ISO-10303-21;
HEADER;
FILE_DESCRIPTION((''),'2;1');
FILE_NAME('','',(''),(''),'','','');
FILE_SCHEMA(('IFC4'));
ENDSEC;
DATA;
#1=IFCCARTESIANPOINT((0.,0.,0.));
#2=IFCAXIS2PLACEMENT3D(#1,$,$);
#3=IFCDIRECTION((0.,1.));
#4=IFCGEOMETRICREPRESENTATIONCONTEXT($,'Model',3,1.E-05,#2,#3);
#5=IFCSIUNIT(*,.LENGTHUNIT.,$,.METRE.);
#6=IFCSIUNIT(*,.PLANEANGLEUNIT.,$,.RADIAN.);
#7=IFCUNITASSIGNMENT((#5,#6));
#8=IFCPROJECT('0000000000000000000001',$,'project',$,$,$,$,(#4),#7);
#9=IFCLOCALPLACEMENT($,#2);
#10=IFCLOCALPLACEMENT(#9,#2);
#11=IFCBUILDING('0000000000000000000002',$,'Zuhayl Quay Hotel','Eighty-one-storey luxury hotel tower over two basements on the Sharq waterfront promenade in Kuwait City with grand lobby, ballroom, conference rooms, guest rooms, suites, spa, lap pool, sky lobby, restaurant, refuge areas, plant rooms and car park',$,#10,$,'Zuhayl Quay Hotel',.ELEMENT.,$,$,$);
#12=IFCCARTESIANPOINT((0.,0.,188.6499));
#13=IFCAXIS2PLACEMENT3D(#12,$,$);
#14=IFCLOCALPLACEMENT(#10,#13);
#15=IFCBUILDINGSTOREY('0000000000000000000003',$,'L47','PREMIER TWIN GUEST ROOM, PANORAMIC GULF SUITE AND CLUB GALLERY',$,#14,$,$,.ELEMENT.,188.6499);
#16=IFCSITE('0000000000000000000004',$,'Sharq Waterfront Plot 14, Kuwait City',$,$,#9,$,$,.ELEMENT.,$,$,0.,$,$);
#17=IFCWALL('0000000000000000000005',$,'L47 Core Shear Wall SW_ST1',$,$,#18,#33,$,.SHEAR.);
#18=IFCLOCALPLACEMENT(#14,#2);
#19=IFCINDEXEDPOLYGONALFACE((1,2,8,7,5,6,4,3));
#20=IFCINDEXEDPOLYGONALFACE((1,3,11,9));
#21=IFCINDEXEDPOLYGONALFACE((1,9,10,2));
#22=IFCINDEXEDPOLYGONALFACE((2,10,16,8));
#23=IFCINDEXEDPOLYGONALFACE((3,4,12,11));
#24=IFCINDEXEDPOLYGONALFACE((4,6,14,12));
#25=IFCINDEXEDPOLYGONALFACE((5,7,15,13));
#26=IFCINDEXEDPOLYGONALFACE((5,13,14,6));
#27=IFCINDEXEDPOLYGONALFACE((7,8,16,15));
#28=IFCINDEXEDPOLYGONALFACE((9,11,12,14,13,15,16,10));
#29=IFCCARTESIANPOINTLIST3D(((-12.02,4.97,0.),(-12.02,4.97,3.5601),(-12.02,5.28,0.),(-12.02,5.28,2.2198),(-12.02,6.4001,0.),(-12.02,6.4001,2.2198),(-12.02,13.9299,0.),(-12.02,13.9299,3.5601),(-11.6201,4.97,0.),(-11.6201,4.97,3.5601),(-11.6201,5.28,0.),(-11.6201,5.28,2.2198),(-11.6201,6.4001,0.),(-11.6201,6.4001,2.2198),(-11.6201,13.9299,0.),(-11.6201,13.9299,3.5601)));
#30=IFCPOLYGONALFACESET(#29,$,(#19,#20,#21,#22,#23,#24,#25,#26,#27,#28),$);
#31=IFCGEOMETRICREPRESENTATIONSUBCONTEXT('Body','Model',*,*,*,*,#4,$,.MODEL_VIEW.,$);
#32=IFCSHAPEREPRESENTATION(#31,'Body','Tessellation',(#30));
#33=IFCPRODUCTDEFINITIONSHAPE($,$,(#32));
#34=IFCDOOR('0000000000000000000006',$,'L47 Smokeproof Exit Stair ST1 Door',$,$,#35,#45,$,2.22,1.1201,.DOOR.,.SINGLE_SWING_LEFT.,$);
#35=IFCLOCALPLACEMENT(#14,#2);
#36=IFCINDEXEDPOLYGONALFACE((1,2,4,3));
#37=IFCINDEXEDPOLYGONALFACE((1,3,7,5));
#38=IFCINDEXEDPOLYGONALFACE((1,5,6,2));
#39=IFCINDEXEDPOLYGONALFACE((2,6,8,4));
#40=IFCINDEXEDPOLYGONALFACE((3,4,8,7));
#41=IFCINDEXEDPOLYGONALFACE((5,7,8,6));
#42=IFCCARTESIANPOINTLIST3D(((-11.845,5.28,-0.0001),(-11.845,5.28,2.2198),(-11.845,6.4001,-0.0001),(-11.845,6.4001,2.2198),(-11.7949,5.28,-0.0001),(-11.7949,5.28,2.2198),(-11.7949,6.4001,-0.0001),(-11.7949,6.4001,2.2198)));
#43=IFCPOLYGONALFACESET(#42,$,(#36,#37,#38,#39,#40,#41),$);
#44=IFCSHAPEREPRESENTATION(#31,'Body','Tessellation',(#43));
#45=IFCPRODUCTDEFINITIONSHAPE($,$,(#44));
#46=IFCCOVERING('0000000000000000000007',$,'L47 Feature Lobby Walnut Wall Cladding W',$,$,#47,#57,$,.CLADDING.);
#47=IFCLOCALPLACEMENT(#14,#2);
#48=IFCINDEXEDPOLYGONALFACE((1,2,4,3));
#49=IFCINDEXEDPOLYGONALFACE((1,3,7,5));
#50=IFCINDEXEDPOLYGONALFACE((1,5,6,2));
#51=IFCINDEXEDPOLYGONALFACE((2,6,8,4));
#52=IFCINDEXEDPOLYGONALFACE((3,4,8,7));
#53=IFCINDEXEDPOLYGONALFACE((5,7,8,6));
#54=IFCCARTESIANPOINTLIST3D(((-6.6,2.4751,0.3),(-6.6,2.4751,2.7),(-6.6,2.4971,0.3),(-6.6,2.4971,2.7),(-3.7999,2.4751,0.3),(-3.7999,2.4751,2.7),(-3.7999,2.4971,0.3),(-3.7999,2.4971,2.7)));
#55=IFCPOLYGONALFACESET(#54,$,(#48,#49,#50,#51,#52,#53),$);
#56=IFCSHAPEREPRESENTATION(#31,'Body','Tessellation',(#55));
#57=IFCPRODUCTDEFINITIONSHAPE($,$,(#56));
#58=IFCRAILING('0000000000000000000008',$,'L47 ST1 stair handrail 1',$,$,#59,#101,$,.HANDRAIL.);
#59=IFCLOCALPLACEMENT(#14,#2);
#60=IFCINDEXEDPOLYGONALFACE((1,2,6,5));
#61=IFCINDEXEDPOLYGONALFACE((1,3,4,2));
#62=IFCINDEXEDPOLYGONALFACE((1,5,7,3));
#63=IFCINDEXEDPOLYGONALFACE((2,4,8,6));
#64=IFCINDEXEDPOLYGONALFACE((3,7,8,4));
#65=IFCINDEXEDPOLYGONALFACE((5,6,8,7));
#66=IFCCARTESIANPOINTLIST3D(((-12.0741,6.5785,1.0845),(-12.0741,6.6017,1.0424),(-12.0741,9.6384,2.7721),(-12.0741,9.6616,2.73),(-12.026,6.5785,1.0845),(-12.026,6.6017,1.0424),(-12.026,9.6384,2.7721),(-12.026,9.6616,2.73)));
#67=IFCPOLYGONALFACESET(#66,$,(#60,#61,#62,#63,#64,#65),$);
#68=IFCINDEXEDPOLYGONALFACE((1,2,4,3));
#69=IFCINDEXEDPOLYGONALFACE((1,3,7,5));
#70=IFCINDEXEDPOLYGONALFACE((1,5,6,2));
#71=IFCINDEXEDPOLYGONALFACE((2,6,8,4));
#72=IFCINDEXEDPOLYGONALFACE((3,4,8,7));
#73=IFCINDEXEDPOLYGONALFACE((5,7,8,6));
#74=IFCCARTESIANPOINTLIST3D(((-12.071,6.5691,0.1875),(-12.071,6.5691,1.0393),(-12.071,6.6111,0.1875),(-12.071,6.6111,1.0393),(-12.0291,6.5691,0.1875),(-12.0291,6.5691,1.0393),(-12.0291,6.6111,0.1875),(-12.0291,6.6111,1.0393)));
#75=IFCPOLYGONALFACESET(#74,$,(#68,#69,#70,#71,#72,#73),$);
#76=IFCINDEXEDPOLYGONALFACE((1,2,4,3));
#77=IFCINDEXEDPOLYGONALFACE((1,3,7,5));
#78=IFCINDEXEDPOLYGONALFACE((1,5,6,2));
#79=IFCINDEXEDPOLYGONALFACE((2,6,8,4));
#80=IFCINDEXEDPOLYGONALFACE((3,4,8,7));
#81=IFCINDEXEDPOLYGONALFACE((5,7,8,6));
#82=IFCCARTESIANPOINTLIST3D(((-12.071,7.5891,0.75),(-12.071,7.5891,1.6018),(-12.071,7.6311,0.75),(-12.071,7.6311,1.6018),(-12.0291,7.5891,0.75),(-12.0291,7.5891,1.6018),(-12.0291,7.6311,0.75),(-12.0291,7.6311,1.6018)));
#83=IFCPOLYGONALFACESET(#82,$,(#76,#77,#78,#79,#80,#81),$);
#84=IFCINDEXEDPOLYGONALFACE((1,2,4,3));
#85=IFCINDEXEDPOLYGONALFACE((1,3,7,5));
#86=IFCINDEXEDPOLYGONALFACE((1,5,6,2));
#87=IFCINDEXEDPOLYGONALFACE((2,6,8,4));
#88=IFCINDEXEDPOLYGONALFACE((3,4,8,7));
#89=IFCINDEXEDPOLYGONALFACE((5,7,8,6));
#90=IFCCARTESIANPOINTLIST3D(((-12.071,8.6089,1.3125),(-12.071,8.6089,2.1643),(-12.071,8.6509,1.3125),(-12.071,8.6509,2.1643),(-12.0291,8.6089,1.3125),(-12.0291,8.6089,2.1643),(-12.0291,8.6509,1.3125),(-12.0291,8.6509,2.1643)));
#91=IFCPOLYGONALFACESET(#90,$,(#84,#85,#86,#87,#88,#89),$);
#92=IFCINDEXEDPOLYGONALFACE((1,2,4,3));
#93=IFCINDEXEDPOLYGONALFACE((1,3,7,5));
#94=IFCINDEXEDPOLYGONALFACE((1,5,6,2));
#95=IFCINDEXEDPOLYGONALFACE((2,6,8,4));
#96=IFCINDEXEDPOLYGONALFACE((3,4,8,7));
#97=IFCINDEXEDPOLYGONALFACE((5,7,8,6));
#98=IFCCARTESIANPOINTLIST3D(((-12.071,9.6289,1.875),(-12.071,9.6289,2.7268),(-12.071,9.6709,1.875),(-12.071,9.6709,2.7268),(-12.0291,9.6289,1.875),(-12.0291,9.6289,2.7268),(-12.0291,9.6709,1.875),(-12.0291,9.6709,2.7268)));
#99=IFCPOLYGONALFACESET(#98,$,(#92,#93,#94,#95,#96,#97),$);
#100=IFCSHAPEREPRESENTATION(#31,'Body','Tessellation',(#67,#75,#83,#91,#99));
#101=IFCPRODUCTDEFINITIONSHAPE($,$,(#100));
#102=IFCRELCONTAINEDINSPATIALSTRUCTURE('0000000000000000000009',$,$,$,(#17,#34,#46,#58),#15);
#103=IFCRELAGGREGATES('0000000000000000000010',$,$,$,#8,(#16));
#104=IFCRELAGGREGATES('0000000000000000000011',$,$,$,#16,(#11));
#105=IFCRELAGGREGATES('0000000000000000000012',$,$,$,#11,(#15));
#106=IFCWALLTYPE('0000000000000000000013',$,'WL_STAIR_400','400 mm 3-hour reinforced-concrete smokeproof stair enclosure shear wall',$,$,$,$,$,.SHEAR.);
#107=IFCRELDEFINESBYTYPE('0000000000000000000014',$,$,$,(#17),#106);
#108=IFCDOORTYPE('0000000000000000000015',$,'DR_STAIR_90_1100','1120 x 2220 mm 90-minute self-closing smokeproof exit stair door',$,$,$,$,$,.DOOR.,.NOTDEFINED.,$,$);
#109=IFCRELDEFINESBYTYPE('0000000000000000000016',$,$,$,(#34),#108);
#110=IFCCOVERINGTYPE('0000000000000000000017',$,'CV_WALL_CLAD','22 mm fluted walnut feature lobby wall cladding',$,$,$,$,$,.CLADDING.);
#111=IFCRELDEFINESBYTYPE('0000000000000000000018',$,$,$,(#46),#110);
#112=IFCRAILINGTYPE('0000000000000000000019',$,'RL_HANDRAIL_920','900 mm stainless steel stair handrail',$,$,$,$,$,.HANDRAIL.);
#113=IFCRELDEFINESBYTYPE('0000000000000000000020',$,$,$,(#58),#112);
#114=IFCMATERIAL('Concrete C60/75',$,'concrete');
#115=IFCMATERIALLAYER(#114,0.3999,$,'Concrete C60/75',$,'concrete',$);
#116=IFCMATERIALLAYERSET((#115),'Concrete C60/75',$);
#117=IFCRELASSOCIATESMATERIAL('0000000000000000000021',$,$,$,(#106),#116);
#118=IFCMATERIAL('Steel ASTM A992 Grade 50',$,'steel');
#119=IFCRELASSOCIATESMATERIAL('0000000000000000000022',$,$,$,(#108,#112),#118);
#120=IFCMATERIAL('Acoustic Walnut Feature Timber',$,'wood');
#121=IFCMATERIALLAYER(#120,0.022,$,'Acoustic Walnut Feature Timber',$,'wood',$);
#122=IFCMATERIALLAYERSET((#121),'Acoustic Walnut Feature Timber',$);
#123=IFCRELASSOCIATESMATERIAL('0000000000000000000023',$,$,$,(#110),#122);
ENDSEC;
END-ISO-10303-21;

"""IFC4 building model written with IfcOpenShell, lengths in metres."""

from ifc_helpers import new_model, si_unit, direction, frame, frame_2d, origin, origin_2d, place, context, subcontext, project, spatial, rectangle, extrude, material, layer, layer_set, type_object, element, fill, save


model = new_model("IFC4")

# Units and contexts
model_context = context("Model", 3, precision=1e-05, world=origin(), true_north=direction((0.0, 1.0)))
body_context = subcontext(model_context, "Body", "Model", "MODEL_VIEW")
ifc_project = project(units=[si_unit("LENGTHUNIT", "METRE"), si_unit("PLANEANGLEUNIT", "RADIAN")], contexts=[model_context])

# Site, building, storey
site_placement = place(None, origin())
site = spatial("IfcSite", under=ifc_project, at=site_placement, Name="Sharq Waterfront Plot 14, Kuwait City", CompositionType="ELEMENT", RefElevation=0.0)
building_placement = place(site_placement, origin())
building = spatial("IfcBuilding", under=site, at=building_placement, Name="Zuhayl Quay Hotel", Description="Eighty-one-storey luxury hotel tower over two basements on the Sharq waterfront promenade in Kuwait City with grand lobby, ballroom, conference rooms, guest rooms, suites, spa, lap pool, sky lobby, restaurant, refuge areas, plant rooms and car park", LongName="Zuhayl Quay Hotel", CompositionType="ELEMENT")
storey_placement = place(building_placement, frame((0.0, 0.0, 188.6499)))
storey = spatial("IfcBuildingStorey", under=building, at=storey_placement, Name="L47", Description="PREMIER TWIN GUEST ROOM, PANORAMIC GULF SUITE AND CLUB GALLERY", CompositionType="ELEMENT", Elevation=188.6499)

# Shared definitions
ifc_material_1 = material(Name="Concrete C60/75", Category="concrete")

# Shared definitions
ifc_material_2 = material(Name="Steel ASTM A992 Grade 50", Category="steel")

# Wall, opening, door
ifc_layer_1 = layer(ifc_material_1, 0.3999, Name="Concrete C60/75", Category="concrete")
ifc_layer_set_1 = layer_set([ifc_layer_1], Name="Concrete C60/75")
wall_type_1 = type_object("IfcWallType", Name="WL_STAIR_400", Description="400 mm 3-hour reinforced-concrete smokeproof stair enclosure shear wall", PredefinedType="SHEAR", material=ifc_layer_set_1)
wall_1_placement = place(storey_placement, frame((-11.8201, 4.97, 0.0), z_axis=(0.0, 0.0, 1.0), x_axis=(0.0, 1.0, 0.0)))
wall_1 = element("IfcWall", 1, at=wall_1_placement, inside=storey, type_object=wall_type_1, Name="L47 Core Shear Wall SW_ST1", PredefinedType="SHEAR", context=body_context, shape_type="SweptSolid", body=[
    extrude(rectangle(XDim=8.96, YDim=0.3999, at=frame_2d((4.48, 0.0))), origin(), (0.0, 0.0, 1.0), 3.5601),
])
opening_1_placement = place(wall_1_placement, frame((0.3101, 0.0, 0.0)))
opening_1 = element("IfcOpeningElement", 2, at=opening_1_placement, cuts=wall_1, PredefinedType="OPENING", context=body_context, shape_type="SweptSolid", body=[
    extrude(rectangle(XDim=1.1201, YDim=2.22, at=frame_2d((0.5601, 1.1099))), frame((0.0, 0.21, 0.0), z_axis=(0.0, -1.0, 0.0), x_axis=(1.0, 0.0, 0.0)), (0.0, 0.0, 1.0), 0.4199),
])
door_type_1 = type_object("IfcDoorType", Name="DR_STAIR_90_1100", Description="1120 x 2220 mm 90-minute self-closing smokeproof exit stair door", OperationType="NOTDEFINED", PredefinedType="DOOR", material=ifc_material_2)
door_1_placement = place(opening_1_placement, origin())
door_1 = element("IfcDoor", 3, at=door_1_placement, inside=storey, type_object=door_type_1, Name="L47 Smokeproof Exit Stair ST1 Door", OperationType="SINGLE_SWING_LEFT", OverallHeight=2.22, OverallWidth=1.1201, PredefinedType="DOOR", context=body_context, shape_type="SweptSolid", body=[
    extrude(rectangle(XDim=1.1201, YDim=2.22, at=frame_2d((0.5601, 1.1099))), frame((0.0, 0.0249, 0.0), z_axis=(0.0, -1.0, 0.0), x_axis=(1.0, 0.0, 0.0)), (0.0, 0.0, 1.0), 0.05),
])
fill(opening_1, door_1)

# Covering
ifc_material_3 = material(Name="Acoustic Walnut Feature Timber", Category="wood")
ifc_layer_2 = layer(ifc_material_3, 0.022, Name="Acoustic Walnut Feature Timber", Category="wood")
ifc_layer_set_2 = layer_set([ifc_layer_2], Name="Acoustic Walnut Feature Timber")
covering_type = type_object("IfcCoveringType", Name="CV_WALL_CLAD", Description="22 mm fluted walnut feature lobby wall cladding", PredefinedType="CLADDING", material=ifc_layer_set_2)
covering_placement = place(storey_placement, frame((-5.2, 2.4861, 0.3), z_axis=(0.0, 0.0, 1.0), x_axis=(1.0, 0.0, 0.0)))
element("IfcCovering", 4, at=covering_placement, inside=storey, type_object=covering_type, Name="L47 Feature Lobby Walnut Wall Cladding W", PredefinedType="CLADDING", context=body_context, shape_type="SweptSolid", body=[
    extrude(rectangle(XDim=2.8, YDim=0.022, at=origin_2d()), origin(), (0.0, 0.0, 1.0), 2.3999),
])

# Railing
railing_type = type_object("IfcRailingType", Name="RL_HANDRAIL_920", Description="900 mm stainless steel stair handrail", PredefinedType="HANDRAIL", material=ifc_material_2)
railing_placement = place(storey_placement, frame((-12.05, 6.5901, 0.1875)))
element("IfcRailing", 5, at=railing_placement, inside=storey, type_object=railing_type, Name="L47 ST1 stair handrail 1", PredefinedType="HANDRAIL", context=body_context, shape_type="SweptSolid", body=[
    extrude(rectangle(XDim=0.0481, YDim=0.0481, at=origin_2d()), frame((0.0, 0.0, 0.876), z_axis=(0.0, 0.875659, 0.48293), x_axis=(-1.0, 0.0, 0.0)), (0.0, 0.0, 1.0), 3.4944),
    extrude(rectangle(XDim=0.042, YDim=0.042, at=origin_2d()), origin(), (0.0, 0.0, 1.0), 0.8518),
    extrude(rectangle(XDim=0.042, YDim=0.042, at=origin_2d()), frame((0.0, 1.02, 0.5625)), (0.0, 0.0, 1.0), 0.8518),
    extrude(rectangle(XDim=0.042, YDim=0.042, at=origin_2d()), frame((0.0, 2.0398, 1.125)), (0.0, 0.0, 1.0), 0.8518),
    extrude(rectangle(XDim=0.042, YDim=0.042, at=origin_2d()), frame((0.0, 3.0598, 1.6875)), (0.0, 0.0, 1.0), 0.8518),
])

save(model, "model.ifc")
